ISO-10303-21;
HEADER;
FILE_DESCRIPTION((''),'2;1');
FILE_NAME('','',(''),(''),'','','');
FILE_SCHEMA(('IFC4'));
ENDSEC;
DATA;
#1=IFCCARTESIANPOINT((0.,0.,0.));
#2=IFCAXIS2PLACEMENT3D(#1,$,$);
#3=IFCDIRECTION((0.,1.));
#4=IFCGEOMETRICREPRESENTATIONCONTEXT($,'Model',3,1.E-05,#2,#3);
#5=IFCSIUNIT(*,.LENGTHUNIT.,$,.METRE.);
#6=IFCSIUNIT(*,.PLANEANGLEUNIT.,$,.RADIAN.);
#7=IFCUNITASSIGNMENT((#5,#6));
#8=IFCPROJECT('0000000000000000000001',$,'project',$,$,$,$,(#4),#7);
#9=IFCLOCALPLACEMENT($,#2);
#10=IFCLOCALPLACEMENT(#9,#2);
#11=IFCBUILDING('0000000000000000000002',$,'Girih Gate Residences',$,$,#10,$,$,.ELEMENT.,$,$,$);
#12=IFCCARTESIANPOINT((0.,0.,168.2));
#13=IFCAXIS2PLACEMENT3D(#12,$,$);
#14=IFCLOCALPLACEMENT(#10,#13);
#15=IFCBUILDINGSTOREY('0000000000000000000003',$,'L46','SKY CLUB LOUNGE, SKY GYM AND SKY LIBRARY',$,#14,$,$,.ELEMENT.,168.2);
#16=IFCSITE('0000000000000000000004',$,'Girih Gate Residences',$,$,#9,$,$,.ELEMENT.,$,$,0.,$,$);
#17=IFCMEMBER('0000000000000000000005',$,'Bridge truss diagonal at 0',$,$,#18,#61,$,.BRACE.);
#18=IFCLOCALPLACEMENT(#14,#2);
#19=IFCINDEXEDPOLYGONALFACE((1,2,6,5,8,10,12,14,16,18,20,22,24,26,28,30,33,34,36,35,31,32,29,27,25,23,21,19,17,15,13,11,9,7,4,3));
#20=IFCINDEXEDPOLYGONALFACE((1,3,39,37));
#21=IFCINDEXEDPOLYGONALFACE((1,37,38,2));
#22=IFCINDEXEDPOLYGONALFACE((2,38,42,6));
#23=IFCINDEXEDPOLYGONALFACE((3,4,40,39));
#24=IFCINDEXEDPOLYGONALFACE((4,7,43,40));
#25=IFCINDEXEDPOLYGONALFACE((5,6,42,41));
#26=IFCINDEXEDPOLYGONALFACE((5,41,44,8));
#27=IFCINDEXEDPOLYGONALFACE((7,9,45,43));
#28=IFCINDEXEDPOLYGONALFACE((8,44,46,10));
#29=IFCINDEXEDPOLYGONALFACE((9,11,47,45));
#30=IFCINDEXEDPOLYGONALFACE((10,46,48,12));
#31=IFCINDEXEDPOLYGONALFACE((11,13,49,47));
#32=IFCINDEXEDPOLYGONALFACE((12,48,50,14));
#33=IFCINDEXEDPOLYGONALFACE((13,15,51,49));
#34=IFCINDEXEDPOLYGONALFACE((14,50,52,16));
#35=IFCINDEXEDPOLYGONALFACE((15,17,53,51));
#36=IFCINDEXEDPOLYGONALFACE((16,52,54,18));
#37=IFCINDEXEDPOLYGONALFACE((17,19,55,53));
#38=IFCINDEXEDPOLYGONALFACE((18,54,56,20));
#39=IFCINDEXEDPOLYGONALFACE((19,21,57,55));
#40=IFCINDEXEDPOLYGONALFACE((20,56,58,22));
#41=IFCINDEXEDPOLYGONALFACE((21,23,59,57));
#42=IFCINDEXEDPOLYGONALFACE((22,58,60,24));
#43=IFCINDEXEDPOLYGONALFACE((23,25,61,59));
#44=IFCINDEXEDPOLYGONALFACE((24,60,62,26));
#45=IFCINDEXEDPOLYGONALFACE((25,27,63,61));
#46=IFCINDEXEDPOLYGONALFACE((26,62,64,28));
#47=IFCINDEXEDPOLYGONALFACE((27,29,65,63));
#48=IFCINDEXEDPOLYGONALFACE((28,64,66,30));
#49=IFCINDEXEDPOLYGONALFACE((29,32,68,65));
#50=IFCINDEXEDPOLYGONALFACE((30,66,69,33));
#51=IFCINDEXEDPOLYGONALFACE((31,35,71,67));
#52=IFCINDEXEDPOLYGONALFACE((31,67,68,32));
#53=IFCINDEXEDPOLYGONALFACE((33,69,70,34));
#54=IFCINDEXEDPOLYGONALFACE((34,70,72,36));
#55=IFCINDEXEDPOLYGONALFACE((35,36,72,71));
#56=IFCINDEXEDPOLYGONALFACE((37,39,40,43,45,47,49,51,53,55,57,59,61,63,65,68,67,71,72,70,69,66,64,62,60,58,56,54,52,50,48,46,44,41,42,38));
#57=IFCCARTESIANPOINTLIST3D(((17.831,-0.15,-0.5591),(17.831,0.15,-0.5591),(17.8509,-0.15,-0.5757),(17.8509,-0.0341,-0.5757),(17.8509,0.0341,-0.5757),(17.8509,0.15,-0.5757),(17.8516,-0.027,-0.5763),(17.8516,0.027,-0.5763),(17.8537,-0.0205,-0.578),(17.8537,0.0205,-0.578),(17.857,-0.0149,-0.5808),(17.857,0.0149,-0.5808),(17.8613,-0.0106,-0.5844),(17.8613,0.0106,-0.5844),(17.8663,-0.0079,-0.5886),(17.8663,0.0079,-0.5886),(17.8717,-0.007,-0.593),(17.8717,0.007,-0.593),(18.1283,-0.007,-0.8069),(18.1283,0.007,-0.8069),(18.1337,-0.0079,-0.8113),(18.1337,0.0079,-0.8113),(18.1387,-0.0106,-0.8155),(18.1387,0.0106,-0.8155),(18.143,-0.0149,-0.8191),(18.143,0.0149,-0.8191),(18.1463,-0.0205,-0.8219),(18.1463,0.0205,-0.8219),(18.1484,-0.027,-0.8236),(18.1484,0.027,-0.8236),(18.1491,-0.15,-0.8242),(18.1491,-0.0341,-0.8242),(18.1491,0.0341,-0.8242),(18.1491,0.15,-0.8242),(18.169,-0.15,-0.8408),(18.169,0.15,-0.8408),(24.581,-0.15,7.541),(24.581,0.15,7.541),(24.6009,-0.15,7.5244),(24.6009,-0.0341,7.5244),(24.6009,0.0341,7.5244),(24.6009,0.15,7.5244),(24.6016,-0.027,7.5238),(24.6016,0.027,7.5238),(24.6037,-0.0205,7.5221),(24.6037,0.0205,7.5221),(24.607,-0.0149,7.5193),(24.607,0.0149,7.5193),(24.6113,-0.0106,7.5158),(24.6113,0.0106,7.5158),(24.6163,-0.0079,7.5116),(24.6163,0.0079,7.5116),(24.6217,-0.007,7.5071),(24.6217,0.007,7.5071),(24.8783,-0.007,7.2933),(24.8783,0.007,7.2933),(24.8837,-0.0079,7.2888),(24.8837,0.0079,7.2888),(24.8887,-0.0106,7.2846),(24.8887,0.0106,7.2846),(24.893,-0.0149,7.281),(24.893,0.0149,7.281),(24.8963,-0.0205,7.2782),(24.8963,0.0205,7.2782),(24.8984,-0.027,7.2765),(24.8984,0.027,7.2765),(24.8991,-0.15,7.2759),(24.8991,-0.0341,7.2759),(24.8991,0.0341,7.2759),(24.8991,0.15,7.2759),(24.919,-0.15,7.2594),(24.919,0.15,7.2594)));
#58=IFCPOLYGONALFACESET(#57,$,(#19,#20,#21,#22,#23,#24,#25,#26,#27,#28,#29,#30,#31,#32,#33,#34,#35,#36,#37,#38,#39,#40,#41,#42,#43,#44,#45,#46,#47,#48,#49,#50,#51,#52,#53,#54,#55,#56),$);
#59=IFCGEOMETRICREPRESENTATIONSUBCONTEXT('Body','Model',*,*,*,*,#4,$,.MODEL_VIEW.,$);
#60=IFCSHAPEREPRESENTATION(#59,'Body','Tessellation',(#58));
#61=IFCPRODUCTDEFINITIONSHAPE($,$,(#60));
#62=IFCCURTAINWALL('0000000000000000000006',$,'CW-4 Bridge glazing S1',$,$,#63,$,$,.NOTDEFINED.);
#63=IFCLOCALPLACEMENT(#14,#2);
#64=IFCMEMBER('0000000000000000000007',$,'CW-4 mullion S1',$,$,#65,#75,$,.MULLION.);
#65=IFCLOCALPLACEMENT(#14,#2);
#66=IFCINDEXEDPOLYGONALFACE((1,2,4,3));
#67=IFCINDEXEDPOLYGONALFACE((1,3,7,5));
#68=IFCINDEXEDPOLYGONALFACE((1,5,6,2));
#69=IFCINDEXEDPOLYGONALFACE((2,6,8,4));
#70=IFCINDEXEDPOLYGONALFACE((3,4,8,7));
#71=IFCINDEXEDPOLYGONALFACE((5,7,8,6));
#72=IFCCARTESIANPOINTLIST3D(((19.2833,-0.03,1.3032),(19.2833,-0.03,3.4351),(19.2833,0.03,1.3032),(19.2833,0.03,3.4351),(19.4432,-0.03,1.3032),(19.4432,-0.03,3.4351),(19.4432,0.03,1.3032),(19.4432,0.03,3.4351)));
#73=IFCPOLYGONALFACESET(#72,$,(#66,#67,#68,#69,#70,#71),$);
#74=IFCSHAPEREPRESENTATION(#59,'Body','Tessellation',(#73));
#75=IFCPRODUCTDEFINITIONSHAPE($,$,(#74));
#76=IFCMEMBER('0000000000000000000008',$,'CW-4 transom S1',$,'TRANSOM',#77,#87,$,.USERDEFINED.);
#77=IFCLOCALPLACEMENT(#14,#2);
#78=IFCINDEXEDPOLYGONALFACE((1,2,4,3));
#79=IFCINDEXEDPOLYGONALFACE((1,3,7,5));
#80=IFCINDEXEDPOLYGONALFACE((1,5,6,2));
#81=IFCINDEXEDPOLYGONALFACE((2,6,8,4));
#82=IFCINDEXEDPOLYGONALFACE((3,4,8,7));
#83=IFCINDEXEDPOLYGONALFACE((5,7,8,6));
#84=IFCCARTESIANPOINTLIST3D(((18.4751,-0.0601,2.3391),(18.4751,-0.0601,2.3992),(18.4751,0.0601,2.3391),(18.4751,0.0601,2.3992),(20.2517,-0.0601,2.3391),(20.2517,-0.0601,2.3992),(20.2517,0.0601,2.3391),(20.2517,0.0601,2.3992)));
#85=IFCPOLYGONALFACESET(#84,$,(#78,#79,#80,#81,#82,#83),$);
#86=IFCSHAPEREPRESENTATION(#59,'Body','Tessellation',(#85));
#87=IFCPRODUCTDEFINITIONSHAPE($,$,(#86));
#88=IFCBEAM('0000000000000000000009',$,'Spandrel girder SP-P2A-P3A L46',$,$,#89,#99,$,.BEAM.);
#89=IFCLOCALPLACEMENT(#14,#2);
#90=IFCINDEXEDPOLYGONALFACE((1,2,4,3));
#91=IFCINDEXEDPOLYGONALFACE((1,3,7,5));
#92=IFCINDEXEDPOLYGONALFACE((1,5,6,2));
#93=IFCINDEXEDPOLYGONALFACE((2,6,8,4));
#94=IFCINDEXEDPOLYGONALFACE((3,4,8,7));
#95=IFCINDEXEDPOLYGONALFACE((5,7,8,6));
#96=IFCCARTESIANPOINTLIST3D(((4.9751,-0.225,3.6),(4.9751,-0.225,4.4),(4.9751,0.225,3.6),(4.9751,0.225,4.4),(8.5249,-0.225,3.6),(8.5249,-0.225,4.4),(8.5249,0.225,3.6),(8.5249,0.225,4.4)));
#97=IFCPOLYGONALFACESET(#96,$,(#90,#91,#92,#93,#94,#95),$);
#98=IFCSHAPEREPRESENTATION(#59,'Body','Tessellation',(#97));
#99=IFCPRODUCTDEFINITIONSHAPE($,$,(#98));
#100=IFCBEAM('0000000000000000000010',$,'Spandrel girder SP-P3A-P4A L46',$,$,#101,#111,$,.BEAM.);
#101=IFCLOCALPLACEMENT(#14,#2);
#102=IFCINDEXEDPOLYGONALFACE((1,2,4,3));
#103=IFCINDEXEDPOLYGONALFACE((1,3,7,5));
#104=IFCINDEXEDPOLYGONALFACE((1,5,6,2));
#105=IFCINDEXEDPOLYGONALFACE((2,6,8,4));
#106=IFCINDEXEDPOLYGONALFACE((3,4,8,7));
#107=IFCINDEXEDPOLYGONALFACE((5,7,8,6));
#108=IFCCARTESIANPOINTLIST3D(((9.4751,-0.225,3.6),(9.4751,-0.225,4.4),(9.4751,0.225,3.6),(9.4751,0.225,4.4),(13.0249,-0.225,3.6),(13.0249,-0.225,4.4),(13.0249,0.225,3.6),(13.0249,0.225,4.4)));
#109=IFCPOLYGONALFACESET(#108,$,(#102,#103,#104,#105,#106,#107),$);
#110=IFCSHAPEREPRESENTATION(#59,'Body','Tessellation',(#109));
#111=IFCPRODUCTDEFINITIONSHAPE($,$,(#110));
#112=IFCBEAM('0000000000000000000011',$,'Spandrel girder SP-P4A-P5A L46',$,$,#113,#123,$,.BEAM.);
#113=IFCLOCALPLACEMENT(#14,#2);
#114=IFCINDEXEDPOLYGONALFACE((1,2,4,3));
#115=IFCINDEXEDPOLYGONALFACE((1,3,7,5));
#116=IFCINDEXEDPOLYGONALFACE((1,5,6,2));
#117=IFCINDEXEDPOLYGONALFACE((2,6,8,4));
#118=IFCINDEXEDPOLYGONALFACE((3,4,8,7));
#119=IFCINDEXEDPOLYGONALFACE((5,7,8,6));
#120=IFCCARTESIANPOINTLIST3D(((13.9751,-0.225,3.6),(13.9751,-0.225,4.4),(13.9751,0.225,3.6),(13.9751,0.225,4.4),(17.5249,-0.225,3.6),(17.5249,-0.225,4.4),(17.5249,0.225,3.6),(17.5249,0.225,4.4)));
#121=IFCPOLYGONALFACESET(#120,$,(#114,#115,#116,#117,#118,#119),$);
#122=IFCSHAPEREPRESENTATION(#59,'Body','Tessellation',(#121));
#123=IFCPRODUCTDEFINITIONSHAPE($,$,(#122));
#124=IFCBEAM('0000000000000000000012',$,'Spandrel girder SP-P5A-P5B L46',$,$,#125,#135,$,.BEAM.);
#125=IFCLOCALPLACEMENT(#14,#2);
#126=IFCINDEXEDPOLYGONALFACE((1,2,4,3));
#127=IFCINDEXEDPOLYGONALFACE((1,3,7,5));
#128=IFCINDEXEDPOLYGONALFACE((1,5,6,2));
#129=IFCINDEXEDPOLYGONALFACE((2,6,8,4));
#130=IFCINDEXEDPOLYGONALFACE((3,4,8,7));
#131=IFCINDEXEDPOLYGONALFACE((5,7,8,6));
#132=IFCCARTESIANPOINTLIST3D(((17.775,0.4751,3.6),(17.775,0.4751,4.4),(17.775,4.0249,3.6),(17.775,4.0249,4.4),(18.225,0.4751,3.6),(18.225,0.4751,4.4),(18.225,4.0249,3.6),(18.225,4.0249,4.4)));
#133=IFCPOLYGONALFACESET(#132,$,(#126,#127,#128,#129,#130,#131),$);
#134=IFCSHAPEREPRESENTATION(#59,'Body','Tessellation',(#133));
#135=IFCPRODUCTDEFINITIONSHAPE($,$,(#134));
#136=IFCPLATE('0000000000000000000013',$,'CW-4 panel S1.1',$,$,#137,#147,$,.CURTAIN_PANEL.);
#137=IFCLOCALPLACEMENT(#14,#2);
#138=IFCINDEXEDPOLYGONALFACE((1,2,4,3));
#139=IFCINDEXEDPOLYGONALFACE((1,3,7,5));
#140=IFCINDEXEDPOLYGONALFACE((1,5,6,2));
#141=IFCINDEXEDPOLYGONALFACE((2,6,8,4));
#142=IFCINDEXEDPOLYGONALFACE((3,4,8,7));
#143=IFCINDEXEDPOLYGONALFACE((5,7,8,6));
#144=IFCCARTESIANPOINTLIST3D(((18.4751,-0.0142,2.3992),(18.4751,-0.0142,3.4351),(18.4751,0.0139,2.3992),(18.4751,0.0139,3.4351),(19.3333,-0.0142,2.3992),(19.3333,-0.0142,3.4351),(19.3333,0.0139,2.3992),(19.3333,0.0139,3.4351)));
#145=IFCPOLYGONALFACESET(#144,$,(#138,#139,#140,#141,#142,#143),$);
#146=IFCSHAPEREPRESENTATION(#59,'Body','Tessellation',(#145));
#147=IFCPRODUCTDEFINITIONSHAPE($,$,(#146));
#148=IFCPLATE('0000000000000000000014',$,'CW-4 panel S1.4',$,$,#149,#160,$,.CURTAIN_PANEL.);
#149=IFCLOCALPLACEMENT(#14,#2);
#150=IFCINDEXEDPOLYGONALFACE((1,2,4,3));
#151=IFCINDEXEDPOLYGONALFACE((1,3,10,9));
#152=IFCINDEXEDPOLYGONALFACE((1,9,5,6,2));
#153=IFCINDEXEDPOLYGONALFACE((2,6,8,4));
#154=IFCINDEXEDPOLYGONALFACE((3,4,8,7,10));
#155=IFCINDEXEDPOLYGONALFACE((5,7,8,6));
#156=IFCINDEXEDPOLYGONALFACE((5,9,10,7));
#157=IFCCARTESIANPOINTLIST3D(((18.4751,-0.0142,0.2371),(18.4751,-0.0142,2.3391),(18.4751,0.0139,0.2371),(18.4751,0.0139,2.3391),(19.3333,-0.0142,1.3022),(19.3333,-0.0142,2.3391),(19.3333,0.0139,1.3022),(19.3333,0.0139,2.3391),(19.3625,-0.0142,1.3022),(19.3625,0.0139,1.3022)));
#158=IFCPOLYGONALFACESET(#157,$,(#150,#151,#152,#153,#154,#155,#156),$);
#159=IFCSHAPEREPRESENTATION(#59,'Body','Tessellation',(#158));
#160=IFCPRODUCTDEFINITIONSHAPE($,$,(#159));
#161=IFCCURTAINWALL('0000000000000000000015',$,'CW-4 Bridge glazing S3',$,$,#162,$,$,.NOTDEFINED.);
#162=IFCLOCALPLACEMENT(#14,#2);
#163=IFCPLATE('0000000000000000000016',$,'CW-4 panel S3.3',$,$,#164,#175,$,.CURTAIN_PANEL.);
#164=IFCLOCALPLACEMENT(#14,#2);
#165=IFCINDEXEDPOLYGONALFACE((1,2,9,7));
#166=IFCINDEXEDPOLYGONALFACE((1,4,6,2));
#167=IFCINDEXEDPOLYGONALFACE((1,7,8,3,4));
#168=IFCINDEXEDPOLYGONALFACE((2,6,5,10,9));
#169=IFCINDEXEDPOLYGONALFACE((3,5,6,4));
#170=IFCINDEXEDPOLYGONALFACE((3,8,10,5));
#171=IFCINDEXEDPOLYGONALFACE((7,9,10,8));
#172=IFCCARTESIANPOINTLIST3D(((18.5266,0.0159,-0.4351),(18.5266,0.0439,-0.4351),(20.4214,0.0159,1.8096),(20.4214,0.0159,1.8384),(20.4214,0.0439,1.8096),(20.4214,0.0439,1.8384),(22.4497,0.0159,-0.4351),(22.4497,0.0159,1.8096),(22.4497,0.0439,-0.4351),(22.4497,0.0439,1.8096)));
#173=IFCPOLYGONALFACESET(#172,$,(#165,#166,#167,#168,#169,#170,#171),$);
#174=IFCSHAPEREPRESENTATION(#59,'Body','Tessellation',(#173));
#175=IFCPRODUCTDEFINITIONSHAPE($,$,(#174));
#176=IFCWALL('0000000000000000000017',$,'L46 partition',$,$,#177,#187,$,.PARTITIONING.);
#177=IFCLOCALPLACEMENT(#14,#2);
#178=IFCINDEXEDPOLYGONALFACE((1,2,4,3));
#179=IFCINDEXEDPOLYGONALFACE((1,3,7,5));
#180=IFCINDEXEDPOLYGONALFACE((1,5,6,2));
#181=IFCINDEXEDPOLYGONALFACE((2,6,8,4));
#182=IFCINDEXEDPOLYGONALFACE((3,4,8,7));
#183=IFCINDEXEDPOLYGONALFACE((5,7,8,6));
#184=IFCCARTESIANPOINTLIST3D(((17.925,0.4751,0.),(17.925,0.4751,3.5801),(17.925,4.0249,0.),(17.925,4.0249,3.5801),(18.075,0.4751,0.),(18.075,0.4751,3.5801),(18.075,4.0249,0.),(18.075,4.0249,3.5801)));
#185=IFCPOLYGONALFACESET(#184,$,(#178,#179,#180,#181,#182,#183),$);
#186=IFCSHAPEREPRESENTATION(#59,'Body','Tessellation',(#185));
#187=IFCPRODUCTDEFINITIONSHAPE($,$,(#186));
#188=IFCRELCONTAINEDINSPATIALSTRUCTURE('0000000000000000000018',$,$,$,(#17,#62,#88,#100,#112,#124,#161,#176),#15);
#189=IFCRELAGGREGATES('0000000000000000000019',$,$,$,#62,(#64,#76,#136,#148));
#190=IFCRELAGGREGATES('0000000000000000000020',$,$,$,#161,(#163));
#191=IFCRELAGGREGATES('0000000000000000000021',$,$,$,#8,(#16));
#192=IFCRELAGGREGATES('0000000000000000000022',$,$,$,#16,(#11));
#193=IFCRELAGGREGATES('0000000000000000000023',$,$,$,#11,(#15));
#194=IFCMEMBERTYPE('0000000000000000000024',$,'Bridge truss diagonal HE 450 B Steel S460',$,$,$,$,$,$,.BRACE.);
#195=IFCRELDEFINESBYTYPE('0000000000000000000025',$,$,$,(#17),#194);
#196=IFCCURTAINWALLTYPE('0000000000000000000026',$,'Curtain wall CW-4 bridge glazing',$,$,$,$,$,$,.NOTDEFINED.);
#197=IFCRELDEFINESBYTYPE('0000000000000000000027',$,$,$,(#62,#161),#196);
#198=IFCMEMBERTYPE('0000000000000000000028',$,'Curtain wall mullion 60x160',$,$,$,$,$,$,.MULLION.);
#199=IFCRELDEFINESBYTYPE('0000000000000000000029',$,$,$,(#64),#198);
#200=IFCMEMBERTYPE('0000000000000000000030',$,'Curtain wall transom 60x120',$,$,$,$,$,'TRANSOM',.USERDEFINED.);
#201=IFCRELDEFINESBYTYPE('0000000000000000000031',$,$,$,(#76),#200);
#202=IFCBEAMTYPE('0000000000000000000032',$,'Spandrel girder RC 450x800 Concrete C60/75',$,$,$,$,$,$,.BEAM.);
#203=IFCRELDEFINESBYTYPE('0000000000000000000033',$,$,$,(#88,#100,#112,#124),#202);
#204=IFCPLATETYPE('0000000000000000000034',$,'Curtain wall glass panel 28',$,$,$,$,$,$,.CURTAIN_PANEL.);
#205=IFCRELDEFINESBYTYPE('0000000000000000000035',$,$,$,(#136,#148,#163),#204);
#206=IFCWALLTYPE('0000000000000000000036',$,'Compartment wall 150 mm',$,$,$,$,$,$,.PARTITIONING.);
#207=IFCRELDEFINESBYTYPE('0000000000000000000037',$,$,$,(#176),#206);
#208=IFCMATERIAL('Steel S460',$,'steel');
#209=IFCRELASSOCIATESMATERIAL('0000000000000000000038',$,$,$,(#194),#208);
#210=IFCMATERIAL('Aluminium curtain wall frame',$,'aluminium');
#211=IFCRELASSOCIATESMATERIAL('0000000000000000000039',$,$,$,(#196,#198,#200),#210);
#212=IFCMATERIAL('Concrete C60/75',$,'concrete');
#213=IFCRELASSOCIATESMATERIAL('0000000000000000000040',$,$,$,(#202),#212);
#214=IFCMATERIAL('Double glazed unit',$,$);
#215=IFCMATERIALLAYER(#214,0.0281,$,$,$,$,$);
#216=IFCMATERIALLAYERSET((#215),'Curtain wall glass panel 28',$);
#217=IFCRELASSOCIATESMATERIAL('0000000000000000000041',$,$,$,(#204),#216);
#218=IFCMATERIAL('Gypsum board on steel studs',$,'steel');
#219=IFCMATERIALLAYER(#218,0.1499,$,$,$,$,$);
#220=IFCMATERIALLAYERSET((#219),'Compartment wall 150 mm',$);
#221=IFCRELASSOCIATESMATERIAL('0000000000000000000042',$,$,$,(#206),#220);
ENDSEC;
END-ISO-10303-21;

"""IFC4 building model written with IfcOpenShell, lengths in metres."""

from ifc_helpers import new_model, si_unit, direction, frame, frame_2d, origin, origin_2d, place, context, subcontext, project, spatial, polyline, rectangle, i_section, outline, extrude, material, layer, layer_set, material_profile, profile_set, type_object, element, aggregate, save


model = new_model("IFC4")

# Units and contexts
model_context = context("Model", 3, precision=1e-05, world=origin(), true_north=direction((0.0, 1.0)))
body_context = subcontext(model_context, "Body", "Model", "MODEL_VIEW")
ifc_project = project(units=[si_unit("LENGTHUNIT", "METRE"), si_unit("PLANEANGLEUNIT", "RADIAN")], contexts=[model_context])

# Site, building, storey
site_placement = place(None, origin())
site = spatial("IfcSite", under=ifc_project, at=site_placement, Name="Girih Gate Residences", CompositionType="ELEMENT", RefElevation=0.0)
building_placement = place(site_placement, origin())
building = spatial("IfcBuilding", under=site, at=building_placement, Name="Girih Gate Residences", CompositionType="ELEMENT")
storey_placement = place(building_placement, frame((0.0, 0.0, 168.2)))
storey = spatial("IfcBuildingStorey", under=building, at=storey_placement, Name="L46", Description="SKY CLUB LOUNGE, SKY GYM AND SKY LIBRARY", CompositionType="ELEMENT", Elevation=168.2)

# Member
ifc_material_1 = material(Name="Steel S460", Category="steel")
ifc_material_profile_1 = material_profile(ifc_material_1, i_section(OverallWidth=0.3, OverallDepth=0.4399, WebThickness=0.0139, FlangeThickness=0.0259, FilletRadius=0.0271, at=origin_2d()))
ifc_profile_set_1 = profile_set([ifc_material_profile_1], Name="Steel S460")
member_type_1 = type_object("IfcMemberType", Name="Bridge truss diagonal HE 450 B Steel S460", PredefinedType="BRACE", material=ifc_profile_set_1)
member_1_placement = place(storey_placement, frame((18.0, 0.0, -0.7), z_axis=(0.64018, 0.0, 0.768225), x_axis=(0.0, 1.0, 0.0)))
element("IfcMember", 1, at=member_1_placement, inside=storey, type_object=member_type_1, Name="Bridge truss diagonal at 0", PredefinedType="BRACE", context=body_context, shape_type="SweptSolid", body=[
    extrude(i_section(OverallWidth=0.3, OverallDepth=0.4399, WebThickness=0.0139, FlangeThickness=0.0259, FilletRadius=0.0271, at=origin_2d()), origin(), (0.0, 0.0, 1.0), 10.5439),
])

# Curtain wall, members
ifc_material_2 = material(Name="Aluminium curtain wall frame", Category="aluminium")
curtain_wall_type = type_object("IfcCurtainWallType", Name="Curtain wall CW-4 bridge glazing", PredefinedType="NOTDEFINED", material=ifc_material_2)
curtain_wall_1_placement = place(storey_placement, origin())
curtain_wall_1 = element("IfcCurtainWall", 2, at=curtain_wall_1_placement, inside=storey, type_object=curtain_wall_type, Name="CW-4 Bridge glazing S1", PredefinedType="NOTDEFINED")
ifc_material_profile_2 = material_profile(ifc_material_2, rectangle(XDim=0.0601, YDim=0.1599, at=origin_2d()))
ifc_profile_set_2 = profile_set([ifc_material_profile_2], Name="Aluminium curtain wall frame")
member_type_2 = type_object("IfcMemberType", Name="Curtain wall mullion 60x160", PredefinedType="MULLION", material=ifc_profile_set_2)
member_2_placement = place(storey_placement, frame((19.3633, 0.0, 1.3032), z_axis=(0.0, 0.0, 1.0), x_axis=(0.0, 1.0, 0.0)))
member_2 = element("IfcMember", 3, at=member_2_placement, type_object=member_type_2, Name="CW-4 mullion S1", PredefinedType="MULLION", context=body_context, shape_type="SweptSolid", body=[
    extrude(rectangle(XDim=0.0601, YDim=0.1599, at=origin_2d()), origin(), (0.0, 0.0, 1.0), 2.1318),
])
ifc_material_profile_3 = material_profile(ifc_material_2, rectangle(XDim=0.1201, YDim=0.0601, at=origin_2d()))
ifc_profile_set_3 = profile_set([ifc_material_profile_3], Name="Aluminium curtain wall frame")
member_type_3 = type_object("IfcMemberType", Name="Curtain wall transom 60x120", ElementType="TRANSOM", PredefinedType="USERDEFINED", material=ifc_profile_set_3)
member_3_placement = place(storey_placement, frame((18.4751, 0.0, 2.3691), z_axis=(1.0, 0.0, 0.0), x_axis=(0.0, 1.0, 0.0)))
member_3 = element("IfcMember", 4, at=member_3_placement, type_object=member_type_3, Name="CW-4 transom S1", ObjectType="TRANSOM", PredefinedType="USERDEFINED", context=body_context, shape_type="SweptSolid", body=[
    extrude(rectangle(XDim=0.1201, YDim=0.0601, at=origin_2d()), origin(), (0.0, 0.0, 1.0), 1.7766),
])

# Beams
ifc_material_3 = material(Name="Concrete C60/75", Category="concrete")
ifc_material_profile_4 = material_profile(ifc_material_3, rectangle(XDim=0.45, YDim=0.8, at=origin_2d()))
ifc_profile_set_4 = profile_set([ifc_material_profile_4], Name="Concrete C60/75")
beam_type = type_object("IfcBeamType", Name="Spandrel girder RC 450x800 Concrete C60/75", PredefinedType="BEAM", material=ifc_profile_set_4)
for number, where, z_axis, x_axis, name in (
    (5, (4.9751, 0.0, 4.0), (1.0, 0.0, 0.0), (0.0, 1.0, 0.0), "Spandrel girder SP-P2A-P3A L46"),
    (6, (9.4751, 0.0, 4.0), (1.0, 0.0, 0.0), (0.0, 1.0, 0.0), "Spandrel girder SP-P3A-P4A L46"),
    (7, (13.9751, 0.0, 4.0), (1.0, 0.0, 0.0), (0.0, 1.0, 0.0), "Spandrel girder SP-P4A-P5A L46"),
    (8, (18.0, 0.4751, 4.0), (0.0, 1.0, 0.0), (-1.0, 0.0, 0.0), "Spandrel girder SP-P5A-P5B L46"),
):
    element("IfcBeam", number, at=place(storey_placement, frame(where, z_axis=z_axis, x_axis=x_axis)), inside=storey, type_object=beam_type, Name=name, PredefinedType="BEAM", context=body_context, shape_type="SweptSolid", body=[
        extrude(rectangle(XDim=0.45, YDim=0.8, at=origin_2d()), origin(), (0.0, 0.0, 1.0), 3.5498),
    ])

# Plates
ifc_material_4 = material(Name="Double glazed unit")
ifc_layer_1 = layer(ifc_material_4, 0.0281)
ifc_layer_set_1 = layer_set([ifc_layer_1], Name="Curtain wall glass panel 28")
plate_type = type_object("IfcPlateType", Name="Curtain wall glass panel 28", PredefinedType="CURTAIN_PANEL", material=ifc_layer_set_1)
plate_1_placement = place(storey_placement, frame((19.3333, 0.0139, 3.4351), z_axis=(0.0, 1.0, 0.0), x_axis=(0.0, 0.0, -1.0)))
plate_1 = element("IfcPlate", 9, at=plate_1_placement, type_object=plate_type, Name="CW-4 panel S1.1", PredefinedType="CURTAIN_PANEL", context=body_context, shape_type="SweptSolid", body=[
    extrude(outline(polyline([(0.0, 0.0), (1.0359, 0.0), (1.0359, 0.8582), (0.0, 0.8582), (0.0, 0.0)])), origin(), (0.0, 0.0, -1.0), 0.0281),
])
plate_2_placement = place(storey_placement, frame((18.4751, 0.0139, 0.2371), z_axis=(0.0, 1.0, 0.0), x_axis=(0.0, 0.0, 1.0)))
plate_2 = element("IfcPlate", 10, at=plate_2_placement, type_object=plate_type, Name="CW-4 panel S1.4", PredefinedType="CURTAIN_PANEL", context=body_context, shape_type="SweptSolid", body=[
    extrude(outline(polyline([(0.0, 0.0), (2.1021, 0.0), (2.1021, 0.8582), (1.0652, 0.8582), (1.0652, 0.8875), (0.0, 0.0)])), origin(), (0.0, 0.0, -1.0), 0.0281),
])
aggregate(curtain_wall_1, [member_2, member_3, plate_1, plate_2])

# Curtain wall, plate
curtain_wall_2_placement = place(storey_placement, origin())
curtain_wall_2 = element("IfcCurtainWall", 11, at=curtain_wall_2_placement, inside=storey, type_object=curtain_wall_type, Name="CW-4 Bridge glazing S3", PredefinedType="NOTDEFINED")
plate_3_placement = place(storey_placement, frame((18.5266, 0.0439, -0.4351), z_axis=(0.0, 1.0, 0.0), x_axis=(0.640233, 0.0, 0.768181)))
plate_3 = element("IfcPlate", 12, at=plate_3_placement, type_object=plate_type, Name="CW-4 panel S3.3", PredefinedType="CURTAIN_PANEL", context=body_context, shape_type="SweptSolid", body=[
    extrude(outline(polyline([(0.0, 0.0), (2.9595, 0.0), (2.9374, 0.0184), (4.236, 1.5766), (2.5117, 3.0136), (0.0, 0.0)])), origin(), (0.0, 0.0, -1.0), 0.0281),
])
aggregate(curtain_wall_2, [plate_3])

# Wall
ifc_material_5 = material(Name="Gypsum board on steel studs", Category="steel")
ifc_layer_2 = layer(ifc_material_5, 0.1499)
ifc_layer_set_2 = layer_set([ifc_layer_2], Name="Compartment wall 150 mm")
wall_type_1 = type_object("IfcWallType", Name="Compartment wall 150 mm", PredefinedType="PARTITIONING", material=ifc_layer_set_2)
wall_1_placement = place(storey_placement, frame((18.0, 0.4751, 0.0), z_axis=(0.0, 0.0, 1.0), x_axis=(0.0, 1.0, 0.0)))
element("IfcWall", 13, at=wall_1_placement, inside=storey, type_object=wall_type_1, Name="L46 partition", PredefinedType="PARTITIONING", context=body_context, shape_type="SweptSolid", body=[
    extrude(rectangle(XDim=3.5498, YDim=0.1499, at=frame_2d((1.7749, 0.0))), origin(), (0.0, 0.0, 1.0), 3.5801),
])

save(model, "model.ifc")
